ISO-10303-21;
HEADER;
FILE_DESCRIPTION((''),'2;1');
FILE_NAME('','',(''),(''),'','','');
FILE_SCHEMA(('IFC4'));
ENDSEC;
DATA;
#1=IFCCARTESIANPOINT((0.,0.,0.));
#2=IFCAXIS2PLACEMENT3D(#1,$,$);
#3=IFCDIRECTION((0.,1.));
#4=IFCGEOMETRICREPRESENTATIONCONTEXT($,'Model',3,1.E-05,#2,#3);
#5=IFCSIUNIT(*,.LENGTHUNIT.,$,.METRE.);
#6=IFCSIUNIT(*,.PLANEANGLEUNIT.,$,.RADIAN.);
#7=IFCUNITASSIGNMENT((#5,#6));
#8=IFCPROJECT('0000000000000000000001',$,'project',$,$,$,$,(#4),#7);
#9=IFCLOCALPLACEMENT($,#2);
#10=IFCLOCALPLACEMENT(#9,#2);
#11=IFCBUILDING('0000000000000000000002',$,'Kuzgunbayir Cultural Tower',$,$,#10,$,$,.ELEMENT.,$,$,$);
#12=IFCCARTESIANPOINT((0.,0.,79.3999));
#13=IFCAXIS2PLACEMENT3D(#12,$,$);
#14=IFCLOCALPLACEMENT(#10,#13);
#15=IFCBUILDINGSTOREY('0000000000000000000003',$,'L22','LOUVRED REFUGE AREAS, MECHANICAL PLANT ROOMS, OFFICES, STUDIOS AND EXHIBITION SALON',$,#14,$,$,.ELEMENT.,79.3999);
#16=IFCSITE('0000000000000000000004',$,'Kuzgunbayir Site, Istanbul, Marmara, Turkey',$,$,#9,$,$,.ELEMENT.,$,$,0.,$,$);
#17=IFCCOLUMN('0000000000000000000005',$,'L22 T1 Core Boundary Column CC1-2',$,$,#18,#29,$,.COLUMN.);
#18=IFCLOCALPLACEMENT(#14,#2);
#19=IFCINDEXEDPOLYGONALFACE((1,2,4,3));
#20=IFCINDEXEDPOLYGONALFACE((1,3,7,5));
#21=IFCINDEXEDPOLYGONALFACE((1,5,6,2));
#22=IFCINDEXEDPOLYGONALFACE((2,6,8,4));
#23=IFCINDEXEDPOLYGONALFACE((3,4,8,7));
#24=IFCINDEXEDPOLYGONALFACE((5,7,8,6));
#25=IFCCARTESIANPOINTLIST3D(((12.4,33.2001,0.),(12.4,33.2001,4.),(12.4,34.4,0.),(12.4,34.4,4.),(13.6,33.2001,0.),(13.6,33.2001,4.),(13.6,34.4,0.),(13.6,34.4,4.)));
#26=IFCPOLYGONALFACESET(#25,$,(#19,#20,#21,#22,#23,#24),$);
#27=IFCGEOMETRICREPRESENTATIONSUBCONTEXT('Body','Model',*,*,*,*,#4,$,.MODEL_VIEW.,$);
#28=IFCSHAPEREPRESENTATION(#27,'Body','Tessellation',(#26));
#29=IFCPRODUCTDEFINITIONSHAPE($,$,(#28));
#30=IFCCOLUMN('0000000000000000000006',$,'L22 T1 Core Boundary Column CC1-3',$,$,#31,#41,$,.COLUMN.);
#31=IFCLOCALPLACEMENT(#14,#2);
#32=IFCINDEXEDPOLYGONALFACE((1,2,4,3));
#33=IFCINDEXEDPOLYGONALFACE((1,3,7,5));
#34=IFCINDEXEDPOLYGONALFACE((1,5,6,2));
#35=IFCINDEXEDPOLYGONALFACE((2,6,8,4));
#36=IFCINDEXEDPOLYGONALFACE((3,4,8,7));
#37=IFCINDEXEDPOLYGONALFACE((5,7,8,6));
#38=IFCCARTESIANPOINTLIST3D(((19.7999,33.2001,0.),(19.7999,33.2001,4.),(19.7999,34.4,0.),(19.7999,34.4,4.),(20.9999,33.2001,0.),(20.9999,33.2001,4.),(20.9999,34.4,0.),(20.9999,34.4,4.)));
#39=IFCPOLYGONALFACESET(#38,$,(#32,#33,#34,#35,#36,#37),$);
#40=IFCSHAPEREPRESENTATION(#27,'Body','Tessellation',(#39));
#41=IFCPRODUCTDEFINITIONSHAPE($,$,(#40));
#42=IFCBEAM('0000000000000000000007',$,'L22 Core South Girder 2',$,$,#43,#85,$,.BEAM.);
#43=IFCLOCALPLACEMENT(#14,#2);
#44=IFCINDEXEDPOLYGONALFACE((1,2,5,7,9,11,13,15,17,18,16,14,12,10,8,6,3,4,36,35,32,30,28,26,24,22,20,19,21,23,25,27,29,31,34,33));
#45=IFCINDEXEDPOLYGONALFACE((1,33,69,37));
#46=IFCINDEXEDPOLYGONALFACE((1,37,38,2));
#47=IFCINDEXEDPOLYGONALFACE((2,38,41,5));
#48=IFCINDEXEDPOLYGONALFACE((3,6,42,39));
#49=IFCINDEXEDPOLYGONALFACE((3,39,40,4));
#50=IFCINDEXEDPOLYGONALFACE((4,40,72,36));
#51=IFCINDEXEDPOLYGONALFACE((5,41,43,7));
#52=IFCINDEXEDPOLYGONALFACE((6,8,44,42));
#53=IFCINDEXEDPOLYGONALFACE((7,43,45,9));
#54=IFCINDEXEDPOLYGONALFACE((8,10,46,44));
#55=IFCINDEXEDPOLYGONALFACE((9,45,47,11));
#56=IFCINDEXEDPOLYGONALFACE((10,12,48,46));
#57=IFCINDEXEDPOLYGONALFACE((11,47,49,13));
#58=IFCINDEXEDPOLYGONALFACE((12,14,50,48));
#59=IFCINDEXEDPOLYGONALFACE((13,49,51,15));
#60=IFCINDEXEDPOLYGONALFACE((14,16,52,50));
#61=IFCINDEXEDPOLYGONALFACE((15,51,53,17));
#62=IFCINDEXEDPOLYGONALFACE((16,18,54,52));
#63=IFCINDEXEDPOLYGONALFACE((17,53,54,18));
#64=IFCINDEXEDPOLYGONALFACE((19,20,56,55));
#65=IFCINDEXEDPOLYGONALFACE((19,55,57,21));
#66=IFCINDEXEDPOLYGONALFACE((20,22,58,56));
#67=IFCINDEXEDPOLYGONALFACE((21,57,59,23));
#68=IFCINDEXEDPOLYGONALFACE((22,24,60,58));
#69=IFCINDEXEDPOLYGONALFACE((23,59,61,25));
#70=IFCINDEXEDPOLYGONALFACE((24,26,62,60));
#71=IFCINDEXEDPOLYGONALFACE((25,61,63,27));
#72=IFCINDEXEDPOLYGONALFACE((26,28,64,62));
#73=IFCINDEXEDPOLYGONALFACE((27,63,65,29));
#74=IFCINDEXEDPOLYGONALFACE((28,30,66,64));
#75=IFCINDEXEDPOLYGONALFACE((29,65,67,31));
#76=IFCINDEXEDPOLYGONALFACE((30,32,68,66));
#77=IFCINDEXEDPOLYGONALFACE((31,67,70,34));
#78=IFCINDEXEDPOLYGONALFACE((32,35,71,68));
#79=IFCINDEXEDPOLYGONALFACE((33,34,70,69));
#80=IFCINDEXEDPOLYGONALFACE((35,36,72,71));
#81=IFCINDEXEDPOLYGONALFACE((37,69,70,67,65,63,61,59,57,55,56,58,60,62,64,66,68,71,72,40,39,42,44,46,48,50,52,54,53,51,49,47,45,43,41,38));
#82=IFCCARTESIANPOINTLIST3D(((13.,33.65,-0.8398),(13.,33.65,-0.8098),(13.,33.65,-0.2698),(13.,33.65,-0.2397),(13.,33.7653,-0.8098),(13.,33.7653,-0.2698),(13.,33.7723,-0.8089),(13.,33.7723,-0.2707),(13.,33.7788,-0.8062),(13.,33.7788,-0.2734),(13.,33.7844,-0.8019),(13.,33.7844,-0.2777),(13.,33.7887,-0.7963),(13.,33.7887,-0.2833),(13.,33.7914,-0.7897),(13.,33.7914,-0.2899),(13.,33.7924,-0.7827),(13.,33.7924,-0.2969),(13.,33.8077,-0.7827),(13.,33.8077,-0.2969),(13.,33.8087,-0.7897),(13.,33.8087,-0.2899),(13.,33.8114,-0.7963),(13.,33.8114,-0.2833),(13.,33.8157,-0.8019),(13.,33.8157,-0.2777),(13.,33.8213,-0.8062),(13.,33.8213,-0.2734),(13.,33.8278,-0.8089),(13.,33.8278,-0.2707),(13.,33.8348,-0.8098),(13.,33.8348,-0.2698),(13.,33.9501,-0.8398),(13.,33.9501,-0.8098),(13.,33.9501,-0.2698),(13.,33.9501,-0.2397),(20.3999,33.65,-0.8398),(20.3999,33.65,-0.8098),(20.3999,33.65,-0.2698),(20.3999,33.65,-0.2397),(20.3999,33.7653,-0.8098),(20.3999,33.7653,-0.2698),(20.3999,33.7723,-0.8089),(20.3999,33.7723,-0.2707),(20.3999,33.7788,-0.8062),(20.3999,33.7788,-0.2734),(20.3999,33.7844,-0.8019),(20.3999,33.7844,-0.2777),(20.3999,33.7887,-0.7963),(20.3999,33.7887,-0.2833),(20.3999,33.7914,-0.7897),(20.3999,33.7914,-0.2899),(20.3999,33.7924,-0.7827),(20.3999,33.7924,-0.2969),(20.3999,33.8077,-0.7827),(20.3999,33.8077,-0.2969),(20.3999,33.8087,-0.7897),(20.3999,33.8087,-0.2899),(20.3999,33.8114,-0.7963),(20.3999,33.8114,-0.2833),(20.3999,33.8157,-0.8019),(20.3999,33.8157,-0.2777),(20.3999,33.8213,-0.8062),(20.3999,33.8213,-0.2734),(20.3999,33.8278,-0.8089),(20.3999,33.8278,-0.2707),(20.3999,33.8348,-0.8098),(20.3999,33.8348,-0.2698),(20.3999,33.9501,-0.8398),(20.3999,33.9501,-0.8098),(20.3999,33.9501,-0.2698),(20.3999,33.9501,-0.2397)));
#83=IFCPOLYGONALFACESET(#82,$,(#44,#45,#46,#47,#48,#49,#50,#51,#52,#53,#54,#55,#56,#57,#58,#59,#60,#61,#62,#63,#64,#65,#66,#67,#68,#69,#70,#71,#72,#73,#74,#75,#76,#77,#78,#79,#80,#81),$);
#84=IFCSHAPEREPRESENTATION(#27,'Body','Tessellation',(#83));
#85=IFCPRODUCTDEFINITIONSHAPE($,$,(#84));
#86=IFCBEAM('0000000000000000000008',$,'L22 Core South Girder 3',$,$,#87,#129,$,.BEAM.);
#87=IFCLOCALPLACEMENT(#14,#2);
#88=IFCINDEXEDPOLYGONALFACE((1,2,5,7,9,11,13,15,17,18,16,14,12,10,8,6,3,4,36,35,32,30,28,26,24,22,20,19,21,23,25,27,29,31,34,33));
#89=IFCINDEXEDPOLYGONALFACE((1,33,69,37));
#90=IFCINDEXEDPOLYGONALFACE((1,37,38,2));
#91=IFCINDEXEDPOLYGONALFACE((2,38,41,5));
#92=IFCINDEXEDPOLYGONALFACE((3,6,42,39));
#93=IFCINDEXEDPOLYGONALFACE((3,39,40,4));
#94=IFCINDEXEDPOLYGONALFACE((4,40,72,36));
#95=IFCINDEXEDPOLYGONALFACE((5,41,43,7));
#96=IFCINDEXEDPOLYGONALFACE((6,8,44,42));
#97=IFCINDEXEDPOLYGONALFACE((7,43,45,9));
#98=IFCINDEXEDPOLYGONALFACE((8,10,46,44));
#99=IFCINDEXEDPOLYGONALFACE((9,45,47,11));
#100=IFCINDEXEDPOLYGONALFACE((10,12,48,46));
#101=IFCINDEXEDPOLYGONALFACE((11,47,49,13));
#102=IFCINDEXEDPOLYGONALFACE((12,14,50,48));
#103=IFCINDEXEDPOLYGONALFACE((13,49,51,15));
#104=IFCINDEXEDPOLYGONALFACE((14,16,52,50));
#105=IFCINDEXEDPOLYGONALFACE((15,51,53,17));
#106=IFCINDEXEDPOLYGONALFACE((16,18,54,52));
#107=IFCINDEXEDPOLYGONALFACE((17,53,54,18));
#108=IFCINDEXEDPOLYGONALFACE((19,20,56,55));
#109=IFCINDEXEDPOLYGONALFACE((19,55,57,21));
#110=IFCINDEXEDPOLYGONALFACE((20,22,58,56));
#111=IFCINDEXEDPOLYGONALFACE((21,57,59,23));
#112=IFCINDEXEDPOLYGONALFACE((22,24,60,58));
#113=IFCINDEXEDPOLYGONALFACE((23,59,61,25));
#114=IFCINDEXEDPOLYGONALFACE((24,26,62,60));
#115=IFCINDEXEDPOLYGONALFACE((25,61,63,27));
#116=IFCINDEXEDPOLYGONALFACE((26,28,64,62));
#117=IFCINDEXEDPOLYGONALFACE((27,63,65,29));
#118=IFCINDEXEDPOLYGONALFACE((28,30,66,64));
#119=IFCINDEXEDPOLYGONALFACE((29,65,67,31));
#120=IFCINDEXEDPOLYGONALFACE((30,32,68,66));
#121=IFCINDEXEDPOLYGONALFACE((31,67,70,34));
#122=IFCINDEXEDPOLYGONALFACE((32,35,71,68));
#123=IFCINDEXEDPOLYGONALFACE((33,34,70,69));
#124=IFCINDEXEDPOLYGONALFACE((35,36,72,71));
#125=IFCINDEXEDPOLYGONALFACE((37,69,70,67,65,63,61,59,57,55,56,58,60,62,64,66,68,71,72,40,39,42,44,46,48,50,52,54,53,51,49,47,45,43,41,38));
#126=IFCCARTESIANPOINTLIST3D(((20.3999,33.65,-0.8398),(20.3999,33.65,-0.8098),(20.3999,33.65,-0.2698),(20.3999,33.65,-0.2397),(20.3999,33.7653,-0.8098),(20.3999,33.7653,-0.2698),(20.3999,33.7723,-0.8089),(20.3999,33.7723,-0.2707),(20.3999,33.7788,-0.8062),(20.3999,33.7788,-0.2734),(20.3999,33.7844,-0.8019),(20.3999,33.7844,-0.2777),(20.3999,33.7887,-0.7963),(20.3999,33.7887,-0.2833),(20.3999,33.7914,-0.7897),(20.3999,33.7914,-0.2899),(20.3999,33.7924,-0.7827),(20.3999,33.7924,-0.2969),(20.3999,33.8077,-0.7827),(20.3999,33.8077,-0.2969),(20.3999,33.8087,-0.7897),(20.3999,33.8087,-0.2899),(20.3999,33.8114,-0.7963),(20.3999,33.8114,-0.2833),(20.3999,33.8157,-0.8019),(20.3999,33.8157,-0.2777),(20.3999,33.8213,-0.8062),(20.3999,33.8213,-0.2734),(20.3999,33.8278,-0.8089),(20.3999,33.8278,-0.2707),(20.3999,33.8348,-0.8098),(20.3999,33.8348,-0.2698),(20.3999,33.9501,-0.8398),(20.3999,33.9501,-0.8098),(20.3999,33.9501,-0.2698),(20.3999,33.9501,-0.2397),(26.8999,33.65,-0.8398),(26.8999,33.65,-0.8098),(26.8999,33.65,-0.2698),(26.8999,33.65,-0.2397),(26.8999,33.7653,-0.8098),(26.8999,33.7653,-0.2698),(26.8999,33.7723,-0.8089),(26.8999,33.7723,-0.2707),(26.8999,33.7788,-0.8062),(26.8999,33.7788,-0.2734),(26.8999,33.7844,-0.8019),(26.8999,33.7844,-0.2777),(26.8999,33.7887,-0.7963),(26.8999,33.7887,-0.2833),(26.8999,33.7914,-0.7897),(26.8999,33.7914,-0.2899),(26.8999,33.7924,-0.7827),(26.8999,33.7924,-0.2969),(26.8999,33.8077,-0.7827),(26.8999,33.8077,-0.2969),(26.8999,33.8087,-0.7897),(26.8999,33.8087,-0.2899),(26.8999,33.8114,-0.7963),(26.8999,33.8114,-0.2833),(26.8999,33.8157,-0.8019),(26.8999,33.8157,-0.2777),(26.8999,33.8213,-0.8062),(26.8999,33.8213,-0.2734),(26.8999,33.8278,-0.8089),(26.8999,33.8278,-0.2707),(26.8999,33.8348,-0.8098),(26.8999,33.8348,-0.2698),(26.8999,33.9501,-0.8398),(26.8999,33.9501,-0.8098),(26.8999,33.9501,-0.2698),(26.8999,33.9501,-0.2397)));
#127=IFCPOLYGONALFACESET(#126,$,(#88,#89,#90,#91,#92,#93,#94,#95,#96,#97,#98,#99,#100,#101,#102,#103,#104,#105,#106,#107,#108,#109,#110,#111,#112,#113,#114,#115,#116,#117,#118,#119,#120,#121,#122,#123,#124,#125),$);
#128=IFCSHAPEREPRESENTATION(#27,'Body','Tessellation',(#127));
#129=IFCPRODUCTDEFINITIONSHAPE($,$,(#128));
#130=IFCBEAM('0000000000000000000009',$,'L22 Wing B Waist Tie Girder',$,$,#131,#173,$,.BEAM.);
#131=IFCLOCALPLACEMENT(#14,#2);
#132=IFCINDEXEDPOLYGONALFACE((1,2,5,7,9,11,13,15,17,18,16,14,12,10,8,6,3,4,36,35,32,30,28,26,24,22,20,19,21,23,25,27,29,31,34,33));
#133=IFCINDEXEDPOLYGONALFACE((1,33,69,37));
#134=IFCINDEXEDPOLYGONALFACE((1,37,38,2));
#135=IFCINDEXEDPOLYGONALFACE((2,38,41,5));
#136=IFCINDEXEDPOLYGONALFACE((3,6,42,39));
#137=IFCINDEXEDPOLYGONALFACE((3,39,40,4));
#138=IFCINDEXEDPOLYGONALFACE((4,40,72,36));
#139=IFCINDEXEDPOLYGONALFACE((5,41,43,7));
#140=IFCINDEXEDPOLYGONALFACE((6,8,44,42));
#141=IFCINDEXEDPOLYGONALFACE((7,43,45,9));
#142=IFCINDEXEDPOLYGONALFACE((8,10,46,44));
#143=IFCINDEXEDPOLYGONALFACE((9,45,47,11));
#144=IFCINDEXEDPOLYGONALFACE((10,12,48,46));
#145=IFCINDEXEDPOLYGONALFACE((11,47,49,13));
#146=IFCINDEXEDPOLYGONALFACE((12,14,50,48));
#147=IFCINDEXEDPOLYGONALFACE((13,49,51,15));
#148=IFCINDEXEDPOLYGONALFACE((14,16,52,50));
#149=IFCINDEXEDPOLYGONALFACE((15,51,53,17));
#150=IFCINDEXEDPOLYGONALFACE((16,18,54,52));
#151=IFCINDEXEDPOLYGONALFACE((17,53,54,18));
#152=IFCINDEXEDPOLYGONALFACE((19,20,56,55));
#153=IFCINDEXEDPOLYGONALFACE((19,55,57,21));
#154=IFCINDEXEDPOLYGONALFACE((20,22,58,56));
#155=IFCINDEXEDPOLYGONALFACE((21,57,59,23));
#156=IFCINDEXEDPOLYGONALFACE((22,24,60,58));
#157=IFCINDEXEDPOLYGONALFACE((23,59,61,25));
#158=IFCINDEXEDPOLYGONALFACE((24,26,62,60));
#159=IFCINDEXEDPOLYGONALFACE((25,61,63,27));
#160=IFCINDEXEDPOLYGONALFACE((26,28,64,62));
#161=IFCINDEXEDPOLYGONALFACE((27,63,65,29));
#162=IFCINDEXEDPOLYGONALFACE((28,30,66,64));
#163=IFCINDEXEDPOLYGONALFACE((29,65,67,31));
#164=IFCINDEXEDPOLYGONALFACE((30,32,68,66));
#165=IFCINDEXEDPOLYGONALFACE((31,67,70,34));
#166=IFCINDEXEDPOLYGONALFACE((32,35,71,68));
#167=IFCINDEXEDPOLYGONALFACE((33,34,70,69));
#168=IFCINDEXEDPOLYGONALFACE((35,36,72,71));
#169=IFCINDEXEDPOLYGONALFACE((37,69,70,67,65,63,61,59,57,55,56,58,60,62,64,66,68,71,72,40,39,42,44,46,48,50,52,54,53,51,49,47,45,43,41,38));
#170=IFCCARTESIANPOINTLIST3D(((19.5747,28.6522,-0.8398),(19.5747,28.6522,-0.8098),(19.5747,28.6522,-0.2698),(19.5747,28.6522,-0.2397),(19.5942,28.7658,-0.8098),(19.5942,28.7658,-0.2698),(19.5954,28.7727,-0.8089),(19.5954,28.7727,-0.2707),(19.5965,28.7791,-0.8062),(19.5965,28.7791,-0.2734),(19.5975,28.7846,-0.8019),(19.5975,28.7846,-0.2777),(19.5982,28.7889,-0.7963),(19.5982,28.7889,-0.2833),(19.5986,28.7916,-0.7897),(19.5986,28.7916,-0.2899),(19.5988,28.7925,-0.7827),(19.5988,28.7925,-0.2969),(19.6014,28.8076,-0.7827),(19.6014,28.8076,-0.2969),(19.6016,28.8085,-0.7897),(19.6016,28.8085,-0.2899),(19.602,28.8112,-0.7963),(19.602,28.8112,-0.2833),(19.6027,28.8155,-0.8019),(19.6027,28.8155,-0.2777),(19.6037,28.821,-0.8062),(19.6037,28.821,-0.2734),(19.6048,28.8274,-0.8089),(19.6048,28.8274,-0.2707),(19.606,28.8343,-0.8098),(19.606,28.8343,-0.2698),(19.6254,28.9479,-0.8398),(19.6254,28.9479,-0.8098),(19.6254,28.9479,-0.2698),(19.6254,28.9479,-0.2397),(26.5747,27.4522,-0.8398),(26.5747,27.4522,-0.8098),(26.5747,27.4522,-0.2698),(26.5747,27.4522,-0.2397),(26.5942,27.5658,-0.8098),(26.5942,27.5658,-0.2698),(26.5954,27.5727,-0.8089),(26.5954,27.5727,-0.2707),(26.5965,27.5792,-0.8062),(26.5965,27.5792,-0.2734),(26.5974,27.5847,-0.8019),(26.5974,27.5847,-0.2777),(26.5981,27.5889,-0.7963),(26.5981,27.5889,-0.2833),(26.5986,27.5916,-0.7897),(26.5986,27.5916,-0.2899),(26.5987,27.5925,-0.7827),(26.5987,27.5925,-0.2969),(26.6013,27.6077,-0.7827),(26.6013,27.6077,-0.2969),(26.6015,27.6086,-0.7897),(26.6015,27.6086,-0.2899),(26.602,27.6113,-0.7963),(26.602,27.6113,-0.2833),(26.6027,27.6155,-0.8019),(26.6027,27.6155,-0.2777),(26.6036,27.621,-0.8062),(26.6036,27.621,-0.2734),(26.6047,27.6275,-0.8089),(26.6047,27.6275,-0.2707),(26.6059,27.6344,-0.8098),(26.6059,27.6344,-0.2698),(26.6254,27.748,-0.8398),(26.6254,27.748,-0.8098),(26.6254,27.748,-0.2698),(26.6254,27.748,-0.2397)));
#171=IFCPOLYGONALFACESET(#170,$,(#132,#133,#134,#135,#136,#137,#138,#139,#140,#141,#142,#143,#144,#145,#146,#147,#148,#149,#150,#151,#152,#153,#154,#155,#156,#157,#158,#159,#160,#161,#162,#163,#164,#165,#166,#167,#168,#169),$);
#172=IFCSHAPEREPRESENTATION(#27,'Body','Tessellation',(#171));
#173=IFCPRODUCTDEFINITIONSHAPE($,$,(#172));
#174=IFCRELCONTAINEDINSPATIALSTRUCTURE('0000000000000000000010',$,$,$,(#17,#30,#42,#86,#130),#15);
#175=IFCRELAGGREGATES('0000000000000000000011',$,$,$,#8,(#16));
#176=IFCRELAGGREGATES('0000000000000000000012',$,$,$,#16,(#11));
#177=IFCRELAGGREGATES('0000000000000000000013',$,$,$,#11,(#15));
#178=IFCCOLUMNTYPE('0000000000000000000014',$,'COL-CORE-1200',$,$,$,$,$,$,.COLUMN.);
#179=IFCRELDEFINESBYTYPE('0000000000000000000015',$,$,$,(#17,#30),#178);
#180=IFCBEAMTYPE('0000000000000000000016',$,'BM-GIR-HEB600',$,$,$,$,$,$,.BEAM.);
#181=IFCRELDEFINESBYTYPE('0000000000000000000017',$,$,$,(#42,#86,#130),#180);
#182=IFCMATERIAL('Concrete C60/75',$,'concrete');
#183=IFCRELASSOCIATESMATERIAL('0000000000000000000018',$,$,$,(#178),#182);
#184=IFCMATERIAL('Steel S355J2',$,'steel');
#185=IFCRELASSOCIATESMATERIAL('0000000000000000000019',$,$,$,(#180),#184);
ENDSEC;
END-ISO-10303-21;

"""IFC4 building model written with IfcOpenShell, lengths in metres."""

from ifc_helpers import new_model, si_unit, direction, frame, origin, origin_2d, place, context, subcontext, project, spatial, rectangle, i_section, extrude, material, material_profile, profile_set, type_object, element, save


model = new_model("IFC4")

# Units and contexts
model_context = context("Model", 3, precision=1e-05, world=origin(), true_north=direction((0.0, 1.0)))
body_context = subcontext(model_context, "Body", "Model", "MODEL_VIEW")
ifc_project = project(units=[si_unit("LENGTHUNIT", "METRE"), si_unit("PLANEANGLEUNIT", "RADIAN")], contexts=[model_context])

# Site, building, storey
site_placement = place(None, origin())
site = spatial("IfcSite", under=ifc_project, at=site_placement, Name="Kuzgunbayir Site, Istanbul, Marmara, Turkey", CompositionType="ELEMENT", RefElevation=0.0)
building_placement = place(site_placement, origin())
building = spatial("IfcBuilding", under=site, at=building_placement, Name="Kuzgunbayir Cultural Tower", CompositionType="ELEMENT")
storey_placement = place(building_placement, frame((0.0, 0.0, 79.3999)))
storey = spatial("IfcBuildingStorey", under=building, at=storey_placement, Name="L22", Description="LOUVRED REFUGE AREAS, MECHANICAL PLANT ROOMS, OFFICES, STUDIOS AND EXHIBITION SALON", CompositionType="ELEMENT", Elevation=79.3999)

# Columns
ifc_material_1 = material(Name="Concrete C60/75", Category="concrete")
ifc_material_profile_1 = material_profile(ifc_material_1, rectangle(XDim=1.2, YDim=1.2, at=origin_2d()), Name="RC 1200x1200")
ifc_profile_set_1 = profile_set([ifc_material_profile_1], Name="Concrete C60/75")
column_type = type_object("IfcColumnType", Name="COL-CORE-1200", PredefinedType="COLUMN", material=ifc_profile_set_1)
for number, where, z_axis, x_axis, name in (
    (1, (13.0, 33.8, 0.0), (0.0, 0.0, 1.0), (1.0, 0.0, 0.0), "L22 T1 Core Boundary Column CC1-2"),
    (2, (20.3999, 33.8, 0.0), (0.0, 0.0, 1.0), (1.0, 0.0, 0.0), "L22 T1 Core Boundary Column CC1-3"),
):
    element("IfcColumn", number, at=place(storey_placement, frame(where, z_axis=z_axis, x_axis=x_axis)), inside=storey, type_object=column_type, Name=name, PredefinedType="COLUMN", context=body_context, shape_type="SweptSolid", body=[
        extrude(rectangle(XDim=1.2, YDim=1.2, at=origin_2d()), origin(), (0.0, 0.0, 1.0), 4.0),
    ])

# Beams
ifc_material_2 = material(Name="Steel S355J2", Category="steel")
ifc_material_profile_2 = material_profile(ifc_material_2, i_section(OverallWidth=0.3, OverallDepth=0.6001, WebThickness=0.0154, FlangeThickness=0.03, FilletRadius=0.0271, at=origin_2d()), Name="HEB 600")
ifc_profile_set_2 = profile_set([ifc_material_profile_2], Name="Steel S355J2")
beam_type = type_object("IfcBeamType", Name="BM-GIR-HEB600", PredefinedType="BEAM", material=ifc_profile_set_2)
beam_1_placement = place(storey_placement, frame((13.0, 33.8, -0.5398), z_axis=(1.0, 0.0, 0.0), x_axis=(0.0, 1.0, 0.0)))
element("IfcBeam", 3, at=beam_1_placement, inside=storey, type_object=beam_type, Name="L22 Core South Girder 2", PredefinedType="BEAM", context=body_context, shape_type="SweptSolid", body=[
    extrude(i_section(OverallWidth=0.3, OverallDepth=0.6001, WebThickness=0.0154, FlangeThickness=0.03, FilletRadius=0.0271, at=origin_2d()), origin(), (0.0, 0.0, 1.0), 7.3999),
])
beam_2_placement = place(storey_placement, frame((20.3999, 33.8, -0.5398), z_axis=(1.0, 0.0, 0.0), x_axis=(0.0, 1.0, 0.0)))
element("IfcBeam", 4, at=beam_2_placement, inside=storey, type_object=beam_type, Name="L22 Core South Girder 3", PredefinedType="BEAM", context=body_context, shape_type="SweptSolid", body=[
    extrude(i_section(OverallWidth=0.3, OverallDepth=0.6001, WebThickness=0.0154, FlangeThickness=0.03, FilletRadius=0.0271, at=origin_2d()), origin(), (0.0, 0.0, 1.0), 6.5),
])
beam_3_placement = place(storey_placement, frame((19.6001, 28.8, -0.5398), z_axis=(0.985623, -0.168957, 0.0), x_axis=(0.168957, 0.985623, 0.0)))
element("IfcBeam", 5, at=beam_3_placement, inside=storey, type_object=beam_type, Name="L22 Wing B Waist Tie Girder", PredefinedType="BEAM", context=body_context, shape_type="SweptSolid", body=[
    extrude(i_section(OverallWidth=0.3, OverallDepth=0.6001, WebThickness=0.0154, FlangeThickness=0.03, FilletRadius=0.0271, at=origin_2d()), origin(), (0.0, 0.0, 1.0), 7.1021),
])

save(model, "model.ifc")
